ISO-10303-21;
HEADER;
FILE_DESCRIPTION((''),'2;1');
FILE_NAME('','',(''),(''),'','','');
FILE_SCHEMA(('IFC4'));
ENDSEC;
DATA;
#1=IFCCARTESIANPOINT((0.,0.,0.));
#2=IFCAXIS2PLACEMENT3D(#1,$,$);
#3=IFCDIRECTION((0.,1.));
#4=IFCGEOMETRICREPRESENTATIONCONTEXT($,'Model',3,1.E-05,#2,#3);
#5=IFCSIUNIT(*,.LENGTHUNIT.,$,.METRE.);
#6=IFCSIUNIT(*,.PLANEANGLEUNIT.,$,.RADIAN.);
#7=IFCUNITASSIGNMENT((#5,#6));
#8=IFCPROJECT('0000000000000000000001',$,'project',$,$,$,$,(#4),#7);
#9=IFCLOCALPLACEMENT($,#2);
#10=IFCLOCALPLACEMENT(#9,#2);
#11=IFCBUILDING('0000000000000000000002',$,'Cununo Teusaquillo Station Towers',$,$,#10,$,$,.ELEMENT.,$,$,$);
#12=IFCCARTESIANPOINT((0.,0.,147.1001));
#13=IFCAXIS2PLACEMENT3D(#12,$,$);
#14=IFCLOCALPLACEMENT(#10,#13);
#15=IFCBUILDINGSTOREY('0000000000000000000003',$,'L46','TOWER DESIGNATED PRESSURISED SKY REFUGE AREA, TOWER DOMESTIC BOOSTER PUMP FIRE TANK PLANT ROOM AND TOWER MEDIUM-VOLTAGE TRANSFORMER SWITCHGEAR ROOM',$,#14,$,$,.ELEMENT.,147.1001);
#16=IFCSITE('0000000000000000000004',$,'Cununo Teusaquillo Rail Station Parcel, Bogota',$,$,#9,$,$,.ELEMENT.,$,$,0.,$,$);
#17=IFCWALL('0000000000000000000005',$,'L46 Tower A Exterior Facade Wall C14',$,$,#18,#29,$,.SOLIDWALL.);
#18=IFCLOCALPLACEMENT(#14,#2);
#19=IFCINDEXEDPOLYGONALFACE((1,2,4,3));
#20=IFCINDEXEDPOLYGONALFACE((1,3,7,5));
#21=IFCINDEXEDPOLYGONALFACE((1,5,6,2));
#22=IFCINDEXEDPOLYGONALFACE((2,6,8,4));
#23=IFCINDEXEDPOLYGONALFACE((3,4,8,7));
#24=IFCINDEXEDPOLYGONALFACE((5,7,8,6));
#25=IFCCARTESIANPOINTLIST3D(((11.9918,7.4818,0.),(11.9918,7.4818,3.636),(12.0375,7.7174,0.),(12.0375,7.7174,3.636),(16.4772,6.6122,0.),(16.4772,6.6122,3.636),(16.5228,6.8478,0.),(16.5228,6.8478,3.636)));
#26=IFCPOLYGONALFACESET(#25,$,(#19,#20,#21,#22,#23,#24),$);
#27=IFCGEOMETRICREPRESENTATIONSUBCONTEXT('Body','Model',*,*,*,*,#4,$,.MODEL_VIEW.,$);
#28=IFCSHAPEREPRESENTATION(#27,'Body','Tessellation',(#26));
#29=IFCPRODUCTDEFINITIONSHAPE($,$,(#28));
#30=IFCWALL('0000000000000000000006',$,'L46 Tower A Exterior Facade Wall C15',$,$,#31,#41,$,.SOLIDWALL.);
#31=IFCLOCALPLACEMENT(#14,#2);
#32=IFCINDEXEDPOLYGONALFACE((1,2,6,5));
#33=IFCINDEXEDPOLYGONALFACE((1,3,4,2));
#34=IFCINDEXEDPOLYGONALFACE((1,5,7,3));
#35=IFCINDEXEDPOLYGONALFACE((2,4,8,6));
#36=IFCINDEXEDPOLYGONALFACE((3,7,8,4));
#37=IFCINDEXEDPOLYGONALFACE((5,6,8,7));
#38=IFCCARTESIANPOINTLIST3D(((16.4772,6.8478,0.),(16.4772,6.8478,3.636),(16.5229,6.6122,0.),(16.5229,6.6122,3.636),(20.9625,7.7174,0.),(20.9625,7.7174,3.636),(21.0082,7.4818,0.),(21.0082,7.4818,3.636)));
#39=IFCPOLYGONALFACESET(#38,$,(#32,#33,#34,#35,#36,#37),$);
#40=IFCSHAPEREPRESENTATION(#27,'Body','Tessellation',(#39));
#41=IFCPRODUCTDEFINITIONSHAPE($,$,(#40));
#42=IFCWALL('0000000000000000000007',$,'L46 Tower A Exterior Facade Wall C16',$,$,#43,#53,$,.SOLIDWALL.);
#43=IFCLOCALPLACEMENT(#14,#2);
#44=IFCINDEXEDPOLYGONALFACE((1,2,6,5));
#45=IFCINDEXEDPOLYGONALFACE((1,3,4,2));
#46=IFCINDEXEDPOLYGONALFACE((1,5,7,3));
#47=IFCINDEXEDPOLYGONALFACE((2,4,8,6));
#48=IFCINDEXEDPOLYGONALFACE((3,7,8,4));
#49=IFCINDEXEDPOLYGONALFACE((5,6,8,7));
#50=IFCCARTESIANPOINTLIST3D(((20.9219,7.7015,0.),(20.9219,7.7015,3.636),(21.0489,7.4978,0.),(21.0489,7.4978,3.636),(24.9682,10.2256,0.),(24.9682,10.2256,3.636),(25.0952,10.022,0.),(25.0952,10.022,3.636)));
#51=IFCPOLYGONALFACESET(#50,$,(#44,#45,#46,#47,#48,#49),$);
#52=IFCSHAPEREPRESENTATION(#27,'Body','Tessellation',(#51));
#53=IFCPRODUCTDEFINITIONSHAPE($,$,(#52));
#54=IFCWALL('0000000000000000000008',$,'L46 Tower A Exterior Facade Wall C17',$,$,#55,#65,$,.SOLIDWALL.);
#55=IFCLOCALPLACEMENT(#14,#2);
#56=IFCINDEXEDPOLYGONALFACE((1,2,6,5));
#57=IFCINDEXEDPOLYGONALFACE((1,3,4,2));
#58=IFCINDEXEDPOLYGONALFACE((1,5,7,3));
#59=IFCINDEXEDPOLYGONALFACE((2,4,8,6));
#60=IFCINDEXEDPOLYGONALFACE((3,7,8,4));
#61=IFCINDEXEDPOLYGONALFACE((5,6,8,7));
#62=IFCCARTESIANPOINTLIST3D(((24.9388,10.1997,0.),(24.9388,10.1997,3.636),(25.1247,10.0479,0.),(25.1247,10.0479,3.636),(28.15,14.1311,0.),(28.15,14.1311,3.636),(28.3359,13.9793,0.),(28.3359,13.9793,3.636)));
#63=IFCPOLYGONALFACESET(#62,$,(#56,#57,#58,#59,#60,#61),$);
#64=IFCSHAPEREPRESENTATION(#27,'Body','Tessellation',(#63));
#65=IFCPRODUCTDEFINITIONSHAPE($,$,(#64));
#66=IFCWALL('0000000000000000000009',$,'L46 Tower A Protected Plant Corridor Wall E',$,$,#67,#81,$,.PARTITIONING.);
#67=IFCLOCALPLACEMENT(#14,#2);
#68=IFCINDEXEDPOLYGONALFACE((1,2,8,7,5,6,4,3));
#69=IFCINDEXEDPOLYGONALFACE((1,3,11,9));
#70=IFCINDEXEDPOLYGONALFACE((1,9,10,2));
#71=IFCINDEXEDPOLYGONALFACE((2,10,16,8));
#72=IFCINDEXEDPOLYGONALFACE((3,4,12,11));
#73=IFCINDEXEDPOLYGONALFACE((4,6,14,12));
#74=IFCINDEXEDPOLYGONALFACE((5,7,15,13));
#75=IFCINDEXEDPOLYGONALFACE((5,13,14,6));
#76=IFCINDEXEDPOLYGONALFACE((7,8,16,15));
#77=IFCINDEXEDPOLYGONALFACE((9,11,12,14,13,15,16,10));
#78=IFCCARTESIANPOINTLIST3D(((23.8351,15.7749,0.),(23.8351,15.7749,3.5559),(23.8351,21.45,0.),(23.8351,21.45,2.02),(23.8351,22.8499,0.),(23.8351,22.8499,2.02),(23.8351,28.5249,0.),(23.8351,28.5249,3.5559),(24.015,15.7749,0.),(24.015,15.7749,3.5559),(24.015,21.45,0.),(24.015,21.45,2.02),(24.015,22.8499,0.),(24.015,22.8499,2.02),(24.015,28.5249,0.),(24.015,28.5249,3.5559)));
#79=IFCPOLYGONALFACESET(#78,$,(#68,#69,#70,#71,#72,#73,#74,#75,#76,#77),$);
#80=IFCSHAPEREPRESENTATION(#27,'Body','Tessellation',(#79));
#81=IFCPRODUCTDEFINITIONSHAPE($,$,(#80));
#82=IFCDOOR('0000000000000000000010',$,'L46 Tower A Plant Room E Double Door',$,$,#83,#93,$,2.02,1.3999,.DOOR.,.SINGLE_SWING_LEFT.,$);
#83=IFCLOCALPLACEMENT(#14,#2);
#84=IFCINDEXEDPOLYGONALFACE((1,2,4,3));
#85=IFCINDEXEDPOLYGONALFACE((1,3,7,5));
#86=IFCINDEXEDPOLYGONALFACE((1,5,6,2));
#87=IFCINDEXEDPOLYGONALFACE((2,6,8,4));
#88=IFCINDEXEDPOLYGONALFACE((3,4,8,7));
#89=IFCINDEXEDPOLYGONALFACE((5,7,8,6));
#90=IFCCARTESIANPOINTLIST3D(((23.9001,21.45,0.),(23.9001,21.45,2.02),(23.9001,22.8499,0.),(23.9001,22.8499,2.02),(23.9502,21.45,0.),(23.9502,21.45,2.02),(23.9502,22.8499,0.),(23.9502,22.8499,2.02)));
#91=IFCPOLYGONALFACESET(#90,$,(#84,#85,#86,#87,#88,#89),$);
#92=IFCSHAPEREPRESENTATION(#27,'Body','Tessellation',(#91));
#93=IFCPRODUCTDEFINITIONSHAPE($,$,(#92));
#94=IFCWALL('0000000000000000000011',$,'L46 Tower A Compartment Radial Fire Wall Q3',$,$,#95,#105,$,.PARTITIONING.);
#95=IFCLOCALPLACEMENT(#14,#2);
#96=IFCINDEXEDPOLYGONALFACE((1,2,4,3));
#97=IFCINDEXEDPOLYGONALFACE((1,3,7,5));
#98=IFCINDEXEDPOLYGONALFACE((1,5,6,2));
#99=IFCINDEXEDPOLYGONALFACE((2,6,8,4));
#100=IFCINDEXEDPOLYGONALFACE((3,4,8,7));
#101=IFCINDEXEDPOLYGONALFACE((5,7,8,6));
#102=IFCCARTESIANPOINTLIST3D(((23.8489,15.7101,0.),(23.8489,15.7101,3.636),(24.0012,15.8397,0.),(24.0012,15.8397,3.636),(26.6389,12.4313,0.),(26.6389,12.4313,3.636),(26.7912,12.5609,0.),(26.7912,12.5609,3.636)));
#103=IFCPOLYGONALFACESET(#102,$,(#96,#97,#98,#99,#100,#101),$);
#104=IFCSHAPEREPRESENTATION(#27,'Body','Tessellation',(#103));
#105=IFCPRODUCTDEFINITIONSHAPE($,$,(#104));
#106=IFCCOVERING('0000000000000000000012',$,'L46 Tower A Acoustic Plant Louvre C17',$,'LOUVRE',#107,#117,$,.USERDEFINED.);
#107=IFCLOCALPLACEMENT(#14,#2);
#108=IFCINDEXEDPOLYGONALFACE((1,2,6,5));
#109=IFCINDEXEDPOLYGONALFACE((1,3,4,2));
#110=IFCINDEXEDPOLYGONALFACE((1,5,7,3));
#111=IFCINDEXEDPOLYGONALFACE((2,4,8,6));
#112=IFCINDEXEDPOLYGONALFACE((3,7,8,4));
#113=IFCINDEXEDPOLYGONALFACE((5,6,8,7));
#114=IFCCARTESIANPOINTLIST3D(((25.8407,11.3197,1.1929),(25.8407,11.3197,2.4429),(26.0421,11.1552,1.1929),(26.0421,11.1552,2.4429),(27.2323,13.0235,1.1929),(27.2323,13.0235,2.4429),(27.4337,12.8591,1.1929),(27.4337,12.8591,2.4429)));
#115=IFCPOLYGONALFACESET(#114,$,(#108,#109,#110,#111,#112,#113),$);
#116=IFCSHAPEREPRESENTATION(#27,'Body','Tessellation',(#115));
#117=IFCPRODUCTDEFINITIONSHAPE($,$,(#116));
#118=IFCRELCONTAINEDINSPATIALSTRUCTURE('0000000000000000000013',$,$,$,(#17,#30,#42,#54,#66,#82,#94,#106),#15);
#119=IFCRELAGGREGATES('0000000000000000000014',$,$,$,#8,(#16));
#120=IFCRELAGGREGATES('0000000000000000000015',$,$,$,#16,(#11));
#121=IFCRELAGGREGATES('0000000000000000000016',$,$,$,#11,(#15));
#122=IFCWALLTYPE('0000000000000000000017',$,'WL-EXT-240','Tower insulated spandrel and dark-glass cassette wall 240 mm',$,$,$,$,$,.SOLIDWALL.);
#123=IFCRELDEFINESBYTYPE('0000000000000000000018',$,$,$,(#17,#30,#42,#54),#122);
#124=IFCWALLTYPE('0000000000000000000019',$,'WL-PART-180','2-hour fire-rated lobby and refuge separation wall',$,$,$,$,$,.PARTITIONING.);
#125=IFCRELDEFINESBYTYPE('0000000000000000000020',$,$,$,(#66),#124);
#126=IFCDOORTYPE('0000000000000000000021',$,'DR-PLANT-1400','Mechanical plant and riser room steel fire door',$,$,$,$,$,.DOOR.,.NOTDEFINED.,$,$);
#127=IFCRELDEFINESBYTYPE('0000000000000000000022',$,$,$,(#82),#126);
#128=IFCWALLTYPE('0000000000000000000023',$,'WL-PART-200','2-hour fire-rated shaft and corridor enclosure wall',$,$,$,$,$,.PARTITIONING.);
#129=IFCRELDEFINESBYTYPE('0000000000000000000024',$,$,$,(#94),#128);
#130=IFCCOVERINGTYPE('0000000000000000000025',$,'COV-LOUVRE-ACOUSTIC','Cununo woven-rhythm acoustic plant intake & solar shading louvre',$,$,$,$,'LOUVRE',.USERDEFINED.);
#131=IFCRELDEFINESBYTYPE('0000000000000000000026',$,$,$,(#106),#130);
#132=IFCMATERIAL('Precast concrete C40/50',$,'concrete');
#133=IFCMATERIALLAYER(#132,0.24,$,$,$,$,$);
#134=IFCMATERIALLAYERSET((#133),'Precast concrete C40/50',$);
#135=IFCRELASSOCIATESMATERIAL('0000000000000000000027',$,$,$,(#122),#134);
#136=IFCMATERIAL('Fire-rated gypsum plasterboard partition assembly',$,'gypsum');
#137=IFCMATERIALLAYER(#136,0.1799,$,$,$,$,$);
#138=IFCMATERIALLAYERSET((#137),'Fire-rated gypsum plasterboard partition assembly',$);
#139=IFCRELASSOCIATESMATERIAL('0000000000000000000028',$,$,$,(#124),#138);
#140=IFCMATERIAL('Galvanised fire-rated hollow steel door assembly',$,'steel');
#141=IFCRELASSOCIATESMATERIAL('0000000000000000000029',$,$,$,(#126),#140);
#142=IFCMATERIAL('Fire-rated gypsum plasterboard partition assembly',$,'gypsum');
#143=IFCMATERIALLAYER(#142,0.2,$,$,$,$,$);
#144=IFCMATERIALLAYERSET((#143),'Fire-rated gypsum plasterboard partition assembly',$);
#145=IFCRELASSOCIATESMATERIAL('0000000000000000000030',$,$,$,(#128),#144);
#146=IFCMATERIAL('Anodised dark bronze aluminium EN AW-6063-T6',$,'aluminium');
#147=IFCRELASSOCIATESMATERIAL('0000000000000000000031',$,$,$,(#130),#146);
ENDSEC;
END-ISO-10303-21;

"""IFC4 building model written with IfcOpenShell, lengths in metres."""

from ifc_helpers import new_model, si_unit, direction, frame, frame_2d, origin, origin_2d, place, context, subcontext, project, spatial, rectangle, extrude, source, transform, mapped, material, layer, layer_set, type_object, element, fill, save


model = new_model("IFC4")

# Units and contexts
model_context = context("Model", 3, precision=1e-05, world=origin(), true_north=direction((0.0, 1.0)))
body_context = subcontext(model_context, "Body", "Model", "MODEL_VIEW")
ifc_project = project(units=[si_unit("LENGTHUNIT", "METRE"), si_unit("PLANEANGLEUNIT", "RADIAN")], contexts=[model_context])

# Site, building, storey
site_placement = place(None, origin())
site = spatial("IfcSite", under=ifc_project, at=site_placement, Name="Cununo Teusaquillo Rail Station Parcel, Bogota", CompositionType="ELEMENT", RefElevation=0.0)
building_placement = place(site_placement, origin())
building = spatial("IfcBuilding", under=site, at=building_placement, Name="Cununo Teusaquillo Station Towers", CompositionType="ELEMENT")
storey_placement = place(building_placement, frame((0.0, 0.0, 147.1001)))
storey = spatial("IfcBuildingStorey", under=building, at=storey_placement, Name="L46", Description="TOWER DESIGNATED PRESSURISED SKY REFUGE AREA, TOWER DOMESTIC BOOSTER PUMP FIRE TANK PLANT ROOM AND TOWER MEDIUM-VOLTAGE TRANSFORMER SWITCHGEAR ROOM", CompositionType="ELEMENT", Elevation=147.1001)

# Walls
ifc_material_1 = material(Name="Precast concrete C40/50", Category="concrete")
ifc_layer_1 = layer(ifc_material_1, 0.24)
ifc_layer_set_1 = layer_set([ifc_layer_1], Name="Precast concrete C40/50")
wall_type_1 = type_object("IfcWallType", Name="WL-EXT-240", Description="Tower insulated spandrel and dark-glass cassette wall 240 mm", PredefinedType="SOLIDWALL", material=ifc_layer_set_1)
for number, where, z_axis, x_axis, name in (
    (1, (16.5, 6.73, 0.0), (0.0, 0.0, 1.0), (-0.981719, 0.190338, 0.0), "L46 Tower A Exterior Facade Wall C14"),
    (2, (20.9854, 7.5996, 0.0), (0.0, 0.0, 1.0), (-0.981719, -0.190338, 0.0), "L46 Tower A Exterior Facade Wall C15"),
):
    element("IfcWall", number, at=place(storey_placement, frame(where, z_axis=z_axis, x_axis=x_axis)), inside=storey, type_object=wall_type_1, Name=name, PredefinedType="SOLIDWALL", context=body_context, shape_type="SweptSolid", body=[
        extrude(rectangle(XDim=4.5688, YDim=0.24, at=frame_2d((2.2844, 0.0))), origin(), (0.0, 0.0, 1.0), 3.636),
    ])
wall_1_placement = place(storey_placement, frame((25.0317, 10.1238, 0.0), z_axis=(0.0, 0.0, 1.0), x_axis=(-0.848452, -0.529272, 0.0)))
element("IfcWall", 3, at=wall_1_placement, inside=storey, type_object=wall_type_1, Name="L46 Tower A Exterior Facade Wall C16", PredefinedType="SOLIDWALL", context=body_context, shape_type="SweptSolid", body=[
    extrude(rectangle(XDim=4.769, YDim=0.24, at=frame_2d((2.3845, 0.0))), origin(), (0.0, 0.0, 1.0), 3.636),
])
wall_2_placement = place(storey_placement, frame((28.2429, 14.0552, 0.0), z_axis=(0.0, 0.0, 1.0), x_axis=(-0.632599, -0.77448, 0.0)))
element("IfcWall", 4, at=wall_2_placement, inside=storey, type_object=wall_type_1, Name="L46 Tower A Exterior Facade Wall C17", PredefinedType="SOLIDWALL", context=body_context, shape_type="SweptSolid", body=[
    extrude(rectangle(XDim=5.0762, YDim=0.24, at=frame_2d((2.5381, 0.0))), origin(), (0.0, 0.0, 1.0), 3.636),
])

# Wall, opening, door
ifc_material_2 = material(Name="Fire-rated gypsum plasterboard partition assembly", Category="gypsum")
ifc_layer_2 = layer(ifc_material_2, 0.1799)
ifc_layer_set_2 = layer_set([ifc_layer_2], Name="Fire-rated gypsum plasterboard partition assembly")
wall_type_2 = type_object("IfcWallType", Name="WL-PART-180", Description="2-hour fire-rated lobby and refuge separation wall", PredefinedType="PARTITIONING", material=ifc_layer_set_2)
wall_3_placement = place(storey_placement, frame((23.925, 15.7749, 0.0), z_axis=(0.0, 0.0, 1.0), x_axis=(0.0, 1.0, 0.0)))
wall_3 = element("IfcWall", 5, at=wall_3_placement, inside=storey, type_object=wall_type_2, Name="L46 Tower A Protected Plant Corridor Wall E", PredefinedType="PARTITIONING", context=body_context, shape_type="SweptSolid", body=[
    extrude(rectangle(XDim=12.75, YDim=0.1799, at=frame_2d((6.375, 0.0))), origin(), (0.0, 0.0, 1.0), 3.5559),
])
shared_shape_1 = source(origin(), body_context, "Body", "SweptSolid", [
    extrude(rectangle(XDim=1.3999, YDim=2.02, at=frame_2d((0.7, 1.01))), frame((0.0, 0.0999, 0.0), z_axis=(0.0, -1.0, 0.0), x_axis=(1.0, 0.0, 0.0)), (0.0, 0.0, 1.0), 0.2),
])
opening_placement = place(wall_3_placement, frame((5.675, 0.0, 0.0)))
opening = element("IfcOpeningElement", 6, at=opening_placement, cuts=wall_3, PredefinedType="OPENING", context=body_context, shape_type="MappedRepresentation", body=[
    mapped(shared_shape_1, transform((0.0, 0.0, 0.0), x_axis=(1.0, 0.0, 0.0), y_axis=(0.0, 1.0, 0.0), z_axis=(0.0, 0.0, 1.0), scale=1.0)),
])
ifc_material_3 = material(Name="Galvanised fire-rated hollow steel door assembly", Category="steel")
door_type = type_object("IfcDoorType", Name="DR-PLANT-1400", Description="Mechanical plant and riser room steel fire door", OperationType="NOTDEFINED", PredefinedType="DOOR", material=ifc_material_3)
shared_shape_2 = source(origin(), body_context, "Body", "SweptSolid", [
    extrude(rectangle(XDim=1.3999, YDim=2.02, at=frame_2d((0.7, 1.01))), frame((0.0, 0.0249, 0.0), z_axis=(0.0, -1.0, 0.0), x_axis=(1.0, 0.0, 0.0)), (0.0, 0.0, 1.0), 0.05),
])
door_placement = place(opening_placement, origin())
door = element("IfcDoor", 7, at=door_placement, inside=storey, type_object=door_type, Name="L46 Tower A Plant Room E Double Door", OperationType="SINGLE_SWING_LEFT", OverallHeight=2.02, OverallWidth=1.3999, PredefinedType="DOOR", context=body_context, shape_type="MappedRepresentation", body=[
    mapped(shared_shape_2, transform((0.0, 0.0, 0.0), x_axis=(1.0, 0.0, 0.0), y_axis=(0.0, 1.0, 0.0), z_axis=(0.0, 0.0, 1.0), scale=1.0)),
])
fill(opening, door)

# Wall
ifc_material_4 = material(Name="Fire-rated gypsum plasterboard partition assembly", Category="gypsum")
ifc_layer_3 = layer(ifc_material_4, 0.2)
ifc_layer_set_3 = layer_set([ifc_layer_3], Name="Fire-rated gypsum plasterboard partition assembly")
wall_type_3 = type_object("IfcWallType", Name="WL-PART-200", Description="2-hour fire-rated shaft and corridor enclosure wall", PredefinedType="PARTITIONING", material=ifc_layer_set_3)
wall_4_placement = place(storey_placement, frame((23.925, 15.7749, 0.0), z_axis=(0.0, 0.0, 1.0), x_axis=(0.64806, -0.761589, 0.0)))
element("IfcWall", 8, at=wall_4_placement, inside=storey, type_object=wall_type_3, Name="L46 Tower A Compartment Radial Fire Wall Q3", PredefinedType="PARTITIONING", context=body_context, shape_type="SweptSolid", body=[
    extrude(rectangle(XDim=4.3052, YDim=0.2, at=frame_2d((2.1526, 0.0))), origin(), (0.0, 0.0, 1.0), 3.636),
])

# Covering
ifc_material_5 = material(Name="Anodised dark bronze aluminium EN AW-6063-T6", Category="aluminium")
covering_type = type_object("IfcCoveringType", Name="COV-LOUVRE-ACOUSTIC", Description="Cununo woven-rhythm acoustic plant intake & solar shading louvre", ElementType="LOUVRE", PredefinedType="USERDEFINED", material=ifc_material_5)
shared_shape_3 = source(origin(), body_context, "Body", "SweptSolid", [
    extrude(rectangle(XDim=2.2, YDim=0.26, at=origin_2d()), origin(), (0.0, 0.0, 1.0), 1.25),
])
covering_placement = place(storey_placement, frame((26.6372, 12.0894, 1.1929), z_axis=(0.0, 0.0, 1.0), x_axis=(-0.63257, -0.774503, 0.0)))
element("IfcCovering", 9, at=covering_placement, inside=storey, type_object=covering_type, Name="L46 Tower A Acoustic Plant Louvre C17", ObjectType="LOUVRE", PredefinedType="USERDEFINED", context=body_context, shape_type="MappedRepresentation", body=[
    mapped(shared_shape_3, transform((0.0, 0.0, 0.0), x_axis=(1.0, 0.0, 0.0), y_axis=(0.0, 1.0, 0.0), z_axis=(0.0, 0.0, 1.0), scale=1.0)),
])

save(model, "model.ifc")
